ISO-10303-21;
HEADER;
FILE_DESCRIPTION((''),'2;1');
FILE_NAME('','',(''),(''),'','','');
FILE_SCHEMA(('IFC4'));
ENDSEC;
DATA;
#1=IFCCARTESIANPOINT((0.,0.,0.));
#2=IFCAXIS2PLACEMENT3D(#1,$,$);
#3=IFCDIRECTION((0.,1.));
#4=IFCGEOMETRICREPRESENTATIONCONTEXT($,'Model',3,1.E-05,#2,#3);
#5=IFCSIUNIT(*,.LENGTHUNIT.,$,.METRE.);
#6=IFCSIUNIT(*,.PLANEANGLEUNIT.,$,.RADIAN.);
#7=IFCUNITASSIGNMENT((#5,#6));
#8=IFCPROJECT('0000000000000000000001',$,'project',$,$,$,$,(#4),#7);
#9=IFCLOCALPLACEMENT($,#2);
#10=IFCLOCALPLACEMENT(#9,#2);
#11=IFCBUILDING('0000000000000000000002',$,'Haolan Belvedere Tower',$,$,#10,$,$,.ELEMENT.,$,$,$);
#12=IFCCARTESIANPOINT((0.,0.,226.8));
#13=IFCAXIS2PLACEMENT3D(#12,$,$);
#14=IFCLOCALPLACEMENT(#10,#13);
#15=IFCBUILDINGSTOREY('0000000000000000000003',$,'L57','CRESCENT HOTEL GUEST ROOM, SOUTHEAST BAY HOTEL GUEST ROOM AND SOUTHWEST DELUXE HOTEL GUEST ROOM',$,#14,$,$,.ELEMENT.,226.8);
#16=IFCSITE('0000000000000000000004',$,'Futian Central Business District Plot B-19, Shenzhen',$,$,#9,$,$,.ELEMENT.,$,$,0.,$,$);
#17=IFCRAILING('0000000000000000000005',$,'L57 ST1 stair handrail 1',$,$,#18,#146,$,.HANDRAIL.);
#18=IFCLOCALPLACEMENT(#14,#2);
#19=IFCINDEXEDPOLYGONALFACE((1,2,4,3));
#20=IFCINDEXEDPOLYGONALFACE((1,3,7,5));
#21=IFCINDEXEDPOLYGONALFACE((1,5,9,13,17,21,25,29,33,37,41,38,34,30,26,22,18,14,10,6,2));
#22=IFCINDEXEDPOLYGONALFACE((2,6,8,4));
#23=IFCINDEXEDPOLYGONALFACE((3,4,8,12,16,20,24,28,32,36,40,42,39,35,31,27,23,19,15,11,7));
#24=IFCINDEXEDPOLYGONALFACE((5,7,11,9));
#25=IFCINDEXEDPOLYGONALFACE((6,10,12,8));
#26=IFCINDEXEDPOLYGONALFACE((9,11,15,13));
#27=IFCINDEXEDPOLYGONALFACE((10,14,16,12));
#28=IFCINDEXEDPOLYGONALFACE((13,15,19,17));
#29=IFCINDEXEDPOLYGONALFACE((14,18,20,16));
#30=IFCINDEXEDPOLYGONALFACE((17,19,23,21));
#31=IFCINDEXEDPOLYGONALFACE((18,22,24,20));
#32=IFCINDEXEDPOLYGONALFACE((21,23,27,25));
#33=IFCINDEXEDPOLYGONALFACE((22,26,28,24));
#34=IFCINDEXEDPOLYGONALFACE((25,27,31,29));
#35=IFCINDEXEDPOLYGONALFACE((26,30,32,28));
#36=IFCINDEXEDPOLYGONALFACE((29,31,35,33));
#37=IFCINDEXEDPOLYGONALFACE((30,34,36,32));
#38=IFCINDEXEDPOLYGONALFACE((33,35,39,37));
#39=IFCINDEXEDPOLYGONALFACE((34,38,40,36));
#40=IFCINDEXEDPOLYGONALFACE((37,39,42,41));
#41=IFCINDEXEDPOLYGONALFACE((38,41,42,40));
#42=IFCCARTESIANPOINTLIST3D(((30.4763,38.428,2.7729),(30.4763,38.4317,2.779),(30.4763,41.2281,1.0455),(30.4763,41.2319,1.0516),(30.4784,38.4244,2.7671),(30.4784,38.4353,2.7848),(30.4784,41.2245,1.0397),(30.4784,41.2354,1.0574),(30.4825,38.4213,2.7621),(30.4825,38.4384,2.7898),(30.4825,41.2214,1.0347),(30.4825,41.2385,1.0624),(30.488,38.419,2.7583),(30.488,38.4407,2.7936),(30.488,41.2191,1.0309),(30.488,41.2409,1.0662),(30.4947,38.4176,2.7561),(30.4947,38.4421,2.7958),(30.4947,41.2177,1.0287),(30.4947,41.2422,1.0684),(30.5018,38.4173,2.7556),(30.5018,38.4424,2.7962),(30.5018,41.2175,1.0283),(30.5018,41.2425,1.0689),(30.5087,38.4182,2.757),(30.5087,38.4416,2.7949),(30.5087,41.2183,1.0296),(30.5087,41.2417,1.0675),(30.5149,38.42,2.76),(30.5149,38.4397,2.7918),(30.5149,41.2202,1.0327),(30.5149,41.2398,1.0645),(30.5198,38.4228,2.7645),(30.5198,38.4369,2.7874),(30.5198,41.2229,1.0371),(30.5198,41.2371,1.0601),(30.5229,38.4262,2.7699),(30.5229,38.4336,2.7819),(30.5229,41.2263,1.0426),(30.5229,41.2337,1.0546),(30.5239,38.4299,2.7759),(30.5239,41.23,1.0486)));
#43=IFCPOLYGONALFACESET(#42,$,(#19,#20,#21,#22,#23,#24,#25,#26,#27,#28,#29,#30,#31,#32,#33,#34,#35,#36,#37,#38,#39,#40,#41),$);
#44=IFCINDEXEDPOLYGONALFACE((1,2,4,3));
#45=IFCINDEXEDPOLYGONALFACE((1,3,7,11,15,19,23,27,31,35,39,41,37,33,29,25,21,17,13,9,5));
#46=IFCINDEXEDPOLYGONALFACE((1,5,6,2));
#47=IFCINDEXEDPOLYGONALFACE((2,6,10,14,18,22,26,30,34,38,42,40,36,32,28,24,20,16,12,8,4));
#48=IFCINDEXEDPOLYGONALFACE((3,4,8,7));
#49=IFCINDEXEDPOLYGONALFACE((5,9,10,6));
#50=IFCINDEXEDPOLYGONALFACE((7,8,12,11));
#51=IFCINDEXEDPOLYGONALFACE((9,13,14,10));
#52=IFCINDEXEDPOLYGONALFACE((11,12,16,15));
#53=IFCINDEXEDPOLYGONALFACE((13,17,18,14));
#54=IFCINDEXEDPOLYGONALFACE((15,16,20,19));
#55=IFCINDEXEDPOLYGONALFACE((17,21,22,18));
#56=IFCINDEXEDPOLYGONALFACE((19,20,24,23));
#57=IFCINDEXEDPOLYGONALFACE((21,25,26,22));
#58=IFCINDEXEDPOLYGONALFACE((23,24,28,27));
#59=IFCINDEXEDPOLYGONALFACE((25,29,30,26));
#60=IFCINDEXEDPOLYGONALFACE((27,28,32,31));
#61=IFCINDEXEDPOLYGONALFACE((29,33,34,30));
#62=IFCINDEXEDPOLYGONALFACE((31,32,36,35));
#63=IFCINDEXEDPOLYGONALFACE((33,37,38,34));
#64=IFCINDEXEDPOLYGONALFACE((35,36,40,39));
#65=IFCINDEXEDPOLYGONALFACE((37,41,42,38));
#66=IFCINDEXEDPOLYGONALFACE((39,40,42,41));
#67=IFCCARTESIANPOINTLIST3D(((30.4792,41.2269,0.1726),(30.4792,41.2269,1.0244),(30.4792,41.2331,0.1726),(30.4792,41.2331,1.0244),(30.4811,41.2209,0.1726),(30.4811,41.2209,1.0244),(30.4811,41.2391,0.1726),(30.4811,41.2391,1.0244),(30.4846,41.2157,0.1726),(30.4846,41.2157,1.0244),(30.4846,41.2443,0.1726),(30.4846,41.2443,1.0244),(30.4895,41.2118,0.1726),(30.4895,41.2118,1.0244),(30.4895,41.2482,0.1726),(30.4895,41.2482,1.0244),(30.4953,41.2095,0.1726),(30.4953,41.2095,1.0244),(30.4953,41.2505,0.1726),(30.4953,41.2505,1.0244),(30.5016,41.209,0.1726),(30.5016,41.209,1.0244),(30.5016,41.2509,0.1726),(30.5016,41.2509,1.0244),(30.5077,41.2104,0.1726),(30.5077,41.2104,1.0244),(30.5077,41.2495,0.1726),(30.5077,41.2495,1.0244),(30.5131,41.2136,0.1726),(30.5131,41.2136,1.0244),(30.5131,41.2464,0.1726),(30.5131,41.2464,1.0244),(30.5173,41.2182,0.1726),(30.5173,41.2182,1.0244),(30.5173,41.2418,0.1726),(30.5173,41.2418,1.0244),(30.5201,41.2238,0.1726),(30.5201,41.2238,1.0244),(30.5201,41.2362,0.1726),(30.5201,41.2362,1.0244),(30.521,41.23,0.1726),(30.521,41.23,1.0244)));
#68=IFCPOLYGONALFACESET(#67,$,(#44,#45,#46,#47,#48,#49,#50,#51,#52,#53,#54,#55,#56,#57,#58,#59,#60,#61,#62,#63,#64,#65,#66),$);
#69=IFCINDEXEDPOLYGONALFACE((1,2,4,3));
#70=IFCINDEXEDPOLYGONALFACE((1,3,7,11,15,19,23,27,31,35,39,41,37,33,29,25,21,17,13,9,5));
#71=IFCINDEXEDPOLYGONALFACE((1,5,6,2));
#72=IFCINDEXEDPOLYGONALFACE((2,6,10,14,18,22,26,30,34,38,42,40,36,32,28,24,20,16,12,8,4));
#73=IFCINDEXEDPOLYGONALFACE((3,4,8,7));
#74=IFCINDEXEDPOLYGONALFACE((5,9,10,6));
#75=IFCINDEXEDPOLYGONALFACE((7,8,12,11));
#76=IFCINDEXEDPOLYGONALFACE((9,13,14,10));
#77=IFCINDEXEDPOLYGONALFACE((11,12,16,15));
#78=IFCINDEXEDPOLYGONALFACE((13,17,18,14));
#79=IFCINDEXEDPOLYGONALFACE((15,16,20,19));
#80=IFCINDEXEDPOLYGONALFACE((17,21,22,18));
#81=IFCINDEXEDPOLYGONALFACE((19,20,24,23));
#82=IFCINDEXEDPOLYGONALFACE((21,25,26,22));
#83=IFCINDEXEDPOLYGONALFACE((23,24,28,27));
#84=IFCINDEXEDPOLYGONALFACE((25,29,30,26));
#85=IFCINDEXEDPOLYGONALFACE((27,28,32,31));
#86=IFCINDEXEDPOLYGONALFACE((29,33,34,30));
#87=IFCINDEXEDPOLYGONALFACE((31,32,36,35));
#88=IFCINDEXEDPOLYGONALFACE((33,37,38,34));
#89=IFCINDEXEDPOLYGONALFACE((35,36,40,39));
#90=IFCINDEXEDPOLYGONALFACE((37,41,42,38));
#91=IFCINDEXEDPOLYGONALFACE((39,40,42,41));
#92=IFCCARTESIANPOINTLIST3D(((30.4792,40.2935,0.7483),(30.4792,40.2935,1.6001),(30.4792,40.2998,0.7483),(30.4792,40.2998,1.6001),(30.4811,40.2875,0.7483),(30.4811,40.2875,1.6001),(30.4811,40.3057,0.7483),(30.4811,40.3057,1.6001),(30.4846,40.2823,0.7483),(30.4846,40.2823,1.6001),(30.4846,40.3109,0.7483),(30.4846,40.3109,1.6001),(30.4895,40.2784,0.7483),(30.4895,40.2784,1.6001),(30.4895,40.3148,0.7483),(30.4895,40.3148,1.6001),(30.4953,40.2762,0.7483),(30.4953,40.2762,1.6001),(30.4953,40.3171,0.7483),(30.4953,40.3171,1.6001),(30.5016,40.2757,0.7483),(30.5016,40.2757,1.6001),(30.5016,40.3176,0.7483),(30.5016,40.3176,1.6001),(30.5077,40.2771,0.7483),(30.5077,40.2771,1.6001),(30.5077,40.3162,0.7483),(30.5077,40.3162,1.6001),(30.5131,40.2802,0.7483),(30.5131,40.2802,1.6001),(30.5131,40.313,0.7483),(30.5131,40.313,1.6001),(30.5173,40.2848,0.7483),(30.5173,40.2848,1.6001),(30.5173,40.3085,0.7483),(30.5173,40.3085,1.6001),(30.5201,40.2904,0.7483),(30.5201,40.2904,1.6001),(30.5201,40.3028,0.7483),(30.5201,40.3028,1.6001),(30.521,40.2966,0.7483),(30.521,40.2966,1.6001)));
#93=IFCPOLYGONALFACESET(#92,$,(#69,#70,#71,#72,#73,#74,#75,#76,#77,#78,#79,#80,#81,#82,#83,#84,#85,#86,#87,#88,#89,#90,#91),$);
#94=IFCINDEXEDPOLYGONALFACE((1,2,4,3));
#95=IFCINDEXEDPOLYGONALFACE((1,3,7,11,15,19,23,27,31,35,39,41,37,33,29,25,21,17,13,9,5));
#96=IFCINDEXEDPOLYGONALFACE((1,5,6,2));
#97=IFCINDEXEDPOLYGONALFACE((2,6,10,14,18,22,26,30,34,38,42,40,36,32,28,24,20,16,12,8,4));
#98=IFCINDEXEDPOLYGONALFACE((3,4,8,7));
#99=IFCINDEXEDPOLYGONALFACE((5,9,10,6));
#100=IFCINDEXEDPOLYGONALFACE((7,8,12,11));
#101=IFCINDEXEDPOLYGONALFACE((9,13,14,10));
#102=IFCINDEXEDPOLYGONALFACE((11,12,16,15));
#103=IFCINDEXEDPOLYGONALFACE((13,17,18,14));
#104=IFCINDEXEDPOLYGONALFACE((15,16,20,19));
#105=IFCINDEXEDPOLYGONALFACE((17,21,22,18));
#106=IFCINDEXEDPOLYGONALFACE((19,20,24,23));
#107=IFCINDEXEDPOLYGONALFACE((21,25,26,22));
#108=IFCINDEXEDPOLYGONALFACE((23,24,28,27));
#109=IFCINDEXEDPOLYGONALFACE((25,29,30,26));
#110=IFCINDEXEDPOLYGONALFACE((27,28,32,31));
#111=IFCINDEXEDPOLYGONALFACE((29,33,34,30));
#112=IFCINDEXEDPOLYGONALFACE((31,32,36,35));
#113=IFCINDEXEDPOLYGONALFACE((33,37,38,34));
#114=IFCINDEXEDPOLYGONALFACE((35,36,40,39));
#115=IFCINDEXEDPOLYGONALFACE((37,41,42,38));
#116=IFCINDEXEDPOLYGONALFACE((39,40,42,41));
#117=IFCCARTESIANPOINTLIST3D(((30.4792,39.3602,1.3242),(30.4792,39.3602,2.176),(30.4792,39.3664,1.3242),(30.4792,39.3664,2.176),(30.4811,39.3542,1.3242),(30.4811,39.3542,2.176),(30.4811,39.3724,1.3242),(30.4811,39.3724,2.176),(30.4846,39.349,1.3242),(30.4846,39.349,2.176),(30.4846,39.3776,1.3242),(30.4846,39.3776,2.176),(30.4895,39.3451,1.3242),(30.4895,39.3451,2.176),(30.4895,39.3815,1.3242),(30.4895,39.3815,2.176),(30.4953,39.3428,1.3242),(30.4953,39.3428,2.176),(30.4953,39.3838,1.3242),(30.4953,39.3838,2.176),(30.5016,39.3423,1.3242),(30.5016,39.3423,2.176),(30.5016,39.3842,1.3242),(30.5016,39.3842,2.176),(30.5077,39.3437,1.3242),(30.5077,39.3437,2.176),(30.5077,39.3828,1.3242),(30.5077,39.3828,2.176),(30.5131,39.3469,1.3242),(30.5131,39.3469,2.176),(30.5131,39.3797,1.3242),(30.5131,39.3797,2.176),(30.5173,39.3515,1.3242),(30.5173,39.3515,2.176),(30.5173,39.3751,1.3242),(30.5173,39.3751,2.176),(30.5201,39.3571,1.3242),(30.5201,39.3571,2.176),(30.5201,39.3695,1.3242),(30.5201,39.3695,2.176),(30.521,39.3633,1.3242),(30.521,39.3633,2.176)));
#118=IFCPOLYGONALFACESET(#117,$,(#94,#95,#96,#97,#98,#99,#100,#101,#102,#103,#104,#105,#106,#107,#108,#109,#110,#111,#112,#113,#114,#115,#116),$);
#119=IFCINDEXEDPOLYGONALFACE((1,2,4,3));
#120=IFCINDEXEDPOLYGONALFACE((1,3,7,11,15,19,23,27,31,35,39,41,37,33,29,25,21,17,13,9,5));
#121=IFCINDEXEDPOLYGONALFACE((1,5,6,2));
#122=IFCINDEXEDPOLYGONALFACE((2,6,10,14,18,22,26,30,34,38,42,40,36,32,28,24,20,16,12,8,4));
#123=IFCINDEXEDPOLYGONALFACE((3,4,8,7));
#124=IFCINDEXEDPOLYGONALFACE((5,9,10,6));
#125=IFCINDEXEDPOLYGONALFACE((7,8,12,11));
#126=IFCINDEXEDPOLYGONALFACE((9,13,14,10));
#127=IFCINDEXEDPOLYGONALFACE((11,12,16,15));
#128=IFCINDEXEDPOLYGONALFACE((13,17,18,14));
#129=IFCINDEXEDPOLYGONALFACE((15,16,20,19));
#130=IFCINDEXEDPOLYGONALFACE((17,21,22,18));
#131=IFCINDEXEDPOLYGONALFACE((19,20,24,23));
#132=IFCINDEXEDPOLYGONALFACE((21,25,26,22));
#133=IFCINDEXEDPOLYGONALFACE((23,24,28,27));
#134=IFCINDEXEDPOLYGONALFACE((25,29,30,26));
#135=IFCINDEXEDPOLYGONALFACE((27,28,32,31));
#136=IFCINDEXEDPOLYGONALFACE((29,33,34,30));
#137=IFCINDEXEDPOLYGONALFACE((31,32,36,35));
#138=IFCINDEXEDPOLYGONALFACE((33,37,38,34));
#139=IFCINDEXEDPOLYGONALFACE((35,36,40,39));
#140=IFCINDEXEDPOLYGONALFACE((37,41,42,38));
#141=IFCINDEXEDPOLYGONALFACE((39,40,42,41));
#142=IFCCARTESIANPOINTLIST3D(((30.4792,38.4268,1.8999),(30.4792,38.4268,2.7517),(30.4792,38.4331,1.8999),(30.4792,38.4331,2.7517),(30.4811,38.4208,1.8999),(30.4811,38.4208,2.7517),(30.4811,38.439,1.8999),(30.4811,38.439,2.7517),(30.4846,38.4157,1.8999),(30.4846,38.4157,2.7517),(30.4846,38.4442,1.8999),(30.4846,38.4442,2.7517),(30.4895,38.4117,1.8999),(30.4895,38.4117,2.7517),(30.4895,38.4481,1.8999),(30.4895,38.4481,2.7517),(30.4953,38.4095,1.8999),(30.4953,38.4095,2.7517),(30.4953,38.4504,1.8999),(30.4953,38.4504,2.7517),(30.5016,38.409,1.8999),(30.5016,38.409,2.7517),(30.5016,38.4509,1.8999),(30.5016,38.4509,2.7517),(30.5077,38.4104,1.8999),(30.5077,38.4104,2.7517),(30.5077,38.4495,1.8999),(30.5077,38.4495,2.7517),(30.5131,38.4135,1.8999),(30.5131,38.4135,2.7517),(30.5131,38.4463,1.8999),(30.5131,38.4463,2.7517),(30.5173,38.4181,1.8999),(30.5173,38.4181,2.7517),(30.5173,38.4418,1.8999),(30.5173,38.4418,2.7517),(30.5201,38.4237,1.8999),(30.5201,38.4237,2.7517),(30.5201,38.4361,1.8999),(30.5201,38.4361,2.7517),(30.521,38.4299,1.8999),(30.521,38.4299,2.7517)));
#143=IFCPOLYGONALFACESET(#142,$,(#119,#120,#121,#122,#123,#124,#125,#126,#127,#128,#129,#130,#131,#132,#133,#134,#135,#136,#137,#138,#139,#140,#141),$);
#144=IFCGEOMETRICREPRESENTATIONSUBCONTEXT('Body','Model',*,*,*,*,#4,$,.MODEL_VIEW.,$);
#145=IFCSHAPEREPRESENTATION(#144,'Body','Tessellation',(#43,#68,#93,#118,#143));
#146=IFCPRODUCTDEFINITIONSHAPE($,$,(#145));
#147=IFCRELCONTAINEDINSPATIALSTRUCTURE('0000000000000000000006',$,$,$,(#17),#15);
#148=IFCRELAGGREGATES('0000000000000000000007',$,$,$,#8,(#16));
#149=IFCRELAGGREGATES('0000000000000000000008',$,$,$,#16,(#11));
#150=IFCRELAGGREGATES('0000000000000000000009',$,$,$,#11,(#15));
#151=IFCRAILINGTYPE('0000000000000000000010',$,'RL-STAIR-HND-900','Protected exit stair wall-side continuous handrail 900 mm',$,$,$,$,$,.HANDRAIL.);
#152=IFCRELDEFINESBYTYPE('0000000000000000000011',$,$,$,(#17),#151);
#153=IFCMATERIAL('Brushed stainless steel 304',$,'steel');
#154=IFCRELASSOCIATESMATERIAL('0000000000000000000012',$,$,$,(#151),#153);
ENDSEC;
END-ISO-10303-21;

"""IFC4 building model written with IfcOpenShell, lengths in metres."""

from ifc_helpers import new_model, si_unit, direction, frame, origin, origin_2d, place, context, subcontext, project, spatial, circle, extrude, material, type_object, element, save


model = new_model("IFC4")

# Units and contexts
model_context = context("Model", 3, precision=1e-05, world=origin(), true_north=direction((0.0, 1.0)))
body_context = subcontext(model_context, "Body", "Model", "MODEL_VIEW")
ifc_project = project(units=[si_unit("LENGTHUNIT", "METRE"), si_unit("PLANEANGLEUNIT", "RADIAN")], contexts=[model_context])

# Site, building, storey
site_placement = place(None, origin())
site = spatial("IfcSite", under=ifc_project, at=site_placement, Name="Futian Central Business District Plot B-19, Shenzhen", CompositionType="ELEMENT", RefElevation=0.0)
building_placement = place(site_placement, origin())
building = spatial("IfcBuilding", under=site, at=building_placement, Name="Haolan Belvedere Tower", CompositionType="ELEMENT")
storey_placement = place(building_placement, frame((0.0, 0.0, 226.8)))
storey = spatial("IfcBuildingStorey", under=building, at=storey_placement, Name="L57", Description="CRESCENT HOTEL GUEST ROOM, SOUTHEAST BAY HOTEL GUEST ROOM AND SOUTHWEST DELUXE HOTEL GUEST ROOM", CompositionType="ELEMENT", Elevation=226.8)

# Railing
ifc_material_1 = material(Name="Brushed stainless steel 304", Category="steel")
railing_type_1 = type_object("IfcRailingType", Name="RL-STAIR-HND-900", Description="Protected exit stair wall-side continuous handrail 900 mm", PredefinedType="HANDRAIL", material=ifc_material_1)
railing_1_placement = place(storey_placement, frame((30.5, 41.23, 0.1726)))
element("IfcRailing", 1, at=railing_1_placement, inside=storey, type_object=railing_type_1, Name="L57 ST1 stair handrail 1", PredefinedType="HANDRAIL", context=body_context, shape_type="SweptSolid", body=[
    extrude(circle(Radius=0.0239, at=origin_2d()), frame((0.0, 0.0, 0.876), z_axis=(0.0, -0.85109, 0.52502), x_axis=(1.0, 0.0, 0.0)), (0.0, 0.0, 1.0), 3.29),
    extrude(circle(Radius=0.021, at=origin_2d()), origin(), (0.0, 0.0, 1.0), 0.8518),
    extrude(circle(Radius=0.021, at=origin_2d()), frame((0.0, -0.9333, 0.5757)), (0.0, 0.0, 1.0), 0.8518),
    extrude(circle(Radius=0.021, at=origin_2d()), frame((0.0, -1.8667, 1.1516)), (0.0, 0.0, 1.0), 0.8518),
    extrude(circle(Radius=0.021, at=origin_2d()), frame((0.0, -2.8, 1.7273)), (0.0, 0.0, 1.0), 0.8518),
])

save(model, "model.ifc")
